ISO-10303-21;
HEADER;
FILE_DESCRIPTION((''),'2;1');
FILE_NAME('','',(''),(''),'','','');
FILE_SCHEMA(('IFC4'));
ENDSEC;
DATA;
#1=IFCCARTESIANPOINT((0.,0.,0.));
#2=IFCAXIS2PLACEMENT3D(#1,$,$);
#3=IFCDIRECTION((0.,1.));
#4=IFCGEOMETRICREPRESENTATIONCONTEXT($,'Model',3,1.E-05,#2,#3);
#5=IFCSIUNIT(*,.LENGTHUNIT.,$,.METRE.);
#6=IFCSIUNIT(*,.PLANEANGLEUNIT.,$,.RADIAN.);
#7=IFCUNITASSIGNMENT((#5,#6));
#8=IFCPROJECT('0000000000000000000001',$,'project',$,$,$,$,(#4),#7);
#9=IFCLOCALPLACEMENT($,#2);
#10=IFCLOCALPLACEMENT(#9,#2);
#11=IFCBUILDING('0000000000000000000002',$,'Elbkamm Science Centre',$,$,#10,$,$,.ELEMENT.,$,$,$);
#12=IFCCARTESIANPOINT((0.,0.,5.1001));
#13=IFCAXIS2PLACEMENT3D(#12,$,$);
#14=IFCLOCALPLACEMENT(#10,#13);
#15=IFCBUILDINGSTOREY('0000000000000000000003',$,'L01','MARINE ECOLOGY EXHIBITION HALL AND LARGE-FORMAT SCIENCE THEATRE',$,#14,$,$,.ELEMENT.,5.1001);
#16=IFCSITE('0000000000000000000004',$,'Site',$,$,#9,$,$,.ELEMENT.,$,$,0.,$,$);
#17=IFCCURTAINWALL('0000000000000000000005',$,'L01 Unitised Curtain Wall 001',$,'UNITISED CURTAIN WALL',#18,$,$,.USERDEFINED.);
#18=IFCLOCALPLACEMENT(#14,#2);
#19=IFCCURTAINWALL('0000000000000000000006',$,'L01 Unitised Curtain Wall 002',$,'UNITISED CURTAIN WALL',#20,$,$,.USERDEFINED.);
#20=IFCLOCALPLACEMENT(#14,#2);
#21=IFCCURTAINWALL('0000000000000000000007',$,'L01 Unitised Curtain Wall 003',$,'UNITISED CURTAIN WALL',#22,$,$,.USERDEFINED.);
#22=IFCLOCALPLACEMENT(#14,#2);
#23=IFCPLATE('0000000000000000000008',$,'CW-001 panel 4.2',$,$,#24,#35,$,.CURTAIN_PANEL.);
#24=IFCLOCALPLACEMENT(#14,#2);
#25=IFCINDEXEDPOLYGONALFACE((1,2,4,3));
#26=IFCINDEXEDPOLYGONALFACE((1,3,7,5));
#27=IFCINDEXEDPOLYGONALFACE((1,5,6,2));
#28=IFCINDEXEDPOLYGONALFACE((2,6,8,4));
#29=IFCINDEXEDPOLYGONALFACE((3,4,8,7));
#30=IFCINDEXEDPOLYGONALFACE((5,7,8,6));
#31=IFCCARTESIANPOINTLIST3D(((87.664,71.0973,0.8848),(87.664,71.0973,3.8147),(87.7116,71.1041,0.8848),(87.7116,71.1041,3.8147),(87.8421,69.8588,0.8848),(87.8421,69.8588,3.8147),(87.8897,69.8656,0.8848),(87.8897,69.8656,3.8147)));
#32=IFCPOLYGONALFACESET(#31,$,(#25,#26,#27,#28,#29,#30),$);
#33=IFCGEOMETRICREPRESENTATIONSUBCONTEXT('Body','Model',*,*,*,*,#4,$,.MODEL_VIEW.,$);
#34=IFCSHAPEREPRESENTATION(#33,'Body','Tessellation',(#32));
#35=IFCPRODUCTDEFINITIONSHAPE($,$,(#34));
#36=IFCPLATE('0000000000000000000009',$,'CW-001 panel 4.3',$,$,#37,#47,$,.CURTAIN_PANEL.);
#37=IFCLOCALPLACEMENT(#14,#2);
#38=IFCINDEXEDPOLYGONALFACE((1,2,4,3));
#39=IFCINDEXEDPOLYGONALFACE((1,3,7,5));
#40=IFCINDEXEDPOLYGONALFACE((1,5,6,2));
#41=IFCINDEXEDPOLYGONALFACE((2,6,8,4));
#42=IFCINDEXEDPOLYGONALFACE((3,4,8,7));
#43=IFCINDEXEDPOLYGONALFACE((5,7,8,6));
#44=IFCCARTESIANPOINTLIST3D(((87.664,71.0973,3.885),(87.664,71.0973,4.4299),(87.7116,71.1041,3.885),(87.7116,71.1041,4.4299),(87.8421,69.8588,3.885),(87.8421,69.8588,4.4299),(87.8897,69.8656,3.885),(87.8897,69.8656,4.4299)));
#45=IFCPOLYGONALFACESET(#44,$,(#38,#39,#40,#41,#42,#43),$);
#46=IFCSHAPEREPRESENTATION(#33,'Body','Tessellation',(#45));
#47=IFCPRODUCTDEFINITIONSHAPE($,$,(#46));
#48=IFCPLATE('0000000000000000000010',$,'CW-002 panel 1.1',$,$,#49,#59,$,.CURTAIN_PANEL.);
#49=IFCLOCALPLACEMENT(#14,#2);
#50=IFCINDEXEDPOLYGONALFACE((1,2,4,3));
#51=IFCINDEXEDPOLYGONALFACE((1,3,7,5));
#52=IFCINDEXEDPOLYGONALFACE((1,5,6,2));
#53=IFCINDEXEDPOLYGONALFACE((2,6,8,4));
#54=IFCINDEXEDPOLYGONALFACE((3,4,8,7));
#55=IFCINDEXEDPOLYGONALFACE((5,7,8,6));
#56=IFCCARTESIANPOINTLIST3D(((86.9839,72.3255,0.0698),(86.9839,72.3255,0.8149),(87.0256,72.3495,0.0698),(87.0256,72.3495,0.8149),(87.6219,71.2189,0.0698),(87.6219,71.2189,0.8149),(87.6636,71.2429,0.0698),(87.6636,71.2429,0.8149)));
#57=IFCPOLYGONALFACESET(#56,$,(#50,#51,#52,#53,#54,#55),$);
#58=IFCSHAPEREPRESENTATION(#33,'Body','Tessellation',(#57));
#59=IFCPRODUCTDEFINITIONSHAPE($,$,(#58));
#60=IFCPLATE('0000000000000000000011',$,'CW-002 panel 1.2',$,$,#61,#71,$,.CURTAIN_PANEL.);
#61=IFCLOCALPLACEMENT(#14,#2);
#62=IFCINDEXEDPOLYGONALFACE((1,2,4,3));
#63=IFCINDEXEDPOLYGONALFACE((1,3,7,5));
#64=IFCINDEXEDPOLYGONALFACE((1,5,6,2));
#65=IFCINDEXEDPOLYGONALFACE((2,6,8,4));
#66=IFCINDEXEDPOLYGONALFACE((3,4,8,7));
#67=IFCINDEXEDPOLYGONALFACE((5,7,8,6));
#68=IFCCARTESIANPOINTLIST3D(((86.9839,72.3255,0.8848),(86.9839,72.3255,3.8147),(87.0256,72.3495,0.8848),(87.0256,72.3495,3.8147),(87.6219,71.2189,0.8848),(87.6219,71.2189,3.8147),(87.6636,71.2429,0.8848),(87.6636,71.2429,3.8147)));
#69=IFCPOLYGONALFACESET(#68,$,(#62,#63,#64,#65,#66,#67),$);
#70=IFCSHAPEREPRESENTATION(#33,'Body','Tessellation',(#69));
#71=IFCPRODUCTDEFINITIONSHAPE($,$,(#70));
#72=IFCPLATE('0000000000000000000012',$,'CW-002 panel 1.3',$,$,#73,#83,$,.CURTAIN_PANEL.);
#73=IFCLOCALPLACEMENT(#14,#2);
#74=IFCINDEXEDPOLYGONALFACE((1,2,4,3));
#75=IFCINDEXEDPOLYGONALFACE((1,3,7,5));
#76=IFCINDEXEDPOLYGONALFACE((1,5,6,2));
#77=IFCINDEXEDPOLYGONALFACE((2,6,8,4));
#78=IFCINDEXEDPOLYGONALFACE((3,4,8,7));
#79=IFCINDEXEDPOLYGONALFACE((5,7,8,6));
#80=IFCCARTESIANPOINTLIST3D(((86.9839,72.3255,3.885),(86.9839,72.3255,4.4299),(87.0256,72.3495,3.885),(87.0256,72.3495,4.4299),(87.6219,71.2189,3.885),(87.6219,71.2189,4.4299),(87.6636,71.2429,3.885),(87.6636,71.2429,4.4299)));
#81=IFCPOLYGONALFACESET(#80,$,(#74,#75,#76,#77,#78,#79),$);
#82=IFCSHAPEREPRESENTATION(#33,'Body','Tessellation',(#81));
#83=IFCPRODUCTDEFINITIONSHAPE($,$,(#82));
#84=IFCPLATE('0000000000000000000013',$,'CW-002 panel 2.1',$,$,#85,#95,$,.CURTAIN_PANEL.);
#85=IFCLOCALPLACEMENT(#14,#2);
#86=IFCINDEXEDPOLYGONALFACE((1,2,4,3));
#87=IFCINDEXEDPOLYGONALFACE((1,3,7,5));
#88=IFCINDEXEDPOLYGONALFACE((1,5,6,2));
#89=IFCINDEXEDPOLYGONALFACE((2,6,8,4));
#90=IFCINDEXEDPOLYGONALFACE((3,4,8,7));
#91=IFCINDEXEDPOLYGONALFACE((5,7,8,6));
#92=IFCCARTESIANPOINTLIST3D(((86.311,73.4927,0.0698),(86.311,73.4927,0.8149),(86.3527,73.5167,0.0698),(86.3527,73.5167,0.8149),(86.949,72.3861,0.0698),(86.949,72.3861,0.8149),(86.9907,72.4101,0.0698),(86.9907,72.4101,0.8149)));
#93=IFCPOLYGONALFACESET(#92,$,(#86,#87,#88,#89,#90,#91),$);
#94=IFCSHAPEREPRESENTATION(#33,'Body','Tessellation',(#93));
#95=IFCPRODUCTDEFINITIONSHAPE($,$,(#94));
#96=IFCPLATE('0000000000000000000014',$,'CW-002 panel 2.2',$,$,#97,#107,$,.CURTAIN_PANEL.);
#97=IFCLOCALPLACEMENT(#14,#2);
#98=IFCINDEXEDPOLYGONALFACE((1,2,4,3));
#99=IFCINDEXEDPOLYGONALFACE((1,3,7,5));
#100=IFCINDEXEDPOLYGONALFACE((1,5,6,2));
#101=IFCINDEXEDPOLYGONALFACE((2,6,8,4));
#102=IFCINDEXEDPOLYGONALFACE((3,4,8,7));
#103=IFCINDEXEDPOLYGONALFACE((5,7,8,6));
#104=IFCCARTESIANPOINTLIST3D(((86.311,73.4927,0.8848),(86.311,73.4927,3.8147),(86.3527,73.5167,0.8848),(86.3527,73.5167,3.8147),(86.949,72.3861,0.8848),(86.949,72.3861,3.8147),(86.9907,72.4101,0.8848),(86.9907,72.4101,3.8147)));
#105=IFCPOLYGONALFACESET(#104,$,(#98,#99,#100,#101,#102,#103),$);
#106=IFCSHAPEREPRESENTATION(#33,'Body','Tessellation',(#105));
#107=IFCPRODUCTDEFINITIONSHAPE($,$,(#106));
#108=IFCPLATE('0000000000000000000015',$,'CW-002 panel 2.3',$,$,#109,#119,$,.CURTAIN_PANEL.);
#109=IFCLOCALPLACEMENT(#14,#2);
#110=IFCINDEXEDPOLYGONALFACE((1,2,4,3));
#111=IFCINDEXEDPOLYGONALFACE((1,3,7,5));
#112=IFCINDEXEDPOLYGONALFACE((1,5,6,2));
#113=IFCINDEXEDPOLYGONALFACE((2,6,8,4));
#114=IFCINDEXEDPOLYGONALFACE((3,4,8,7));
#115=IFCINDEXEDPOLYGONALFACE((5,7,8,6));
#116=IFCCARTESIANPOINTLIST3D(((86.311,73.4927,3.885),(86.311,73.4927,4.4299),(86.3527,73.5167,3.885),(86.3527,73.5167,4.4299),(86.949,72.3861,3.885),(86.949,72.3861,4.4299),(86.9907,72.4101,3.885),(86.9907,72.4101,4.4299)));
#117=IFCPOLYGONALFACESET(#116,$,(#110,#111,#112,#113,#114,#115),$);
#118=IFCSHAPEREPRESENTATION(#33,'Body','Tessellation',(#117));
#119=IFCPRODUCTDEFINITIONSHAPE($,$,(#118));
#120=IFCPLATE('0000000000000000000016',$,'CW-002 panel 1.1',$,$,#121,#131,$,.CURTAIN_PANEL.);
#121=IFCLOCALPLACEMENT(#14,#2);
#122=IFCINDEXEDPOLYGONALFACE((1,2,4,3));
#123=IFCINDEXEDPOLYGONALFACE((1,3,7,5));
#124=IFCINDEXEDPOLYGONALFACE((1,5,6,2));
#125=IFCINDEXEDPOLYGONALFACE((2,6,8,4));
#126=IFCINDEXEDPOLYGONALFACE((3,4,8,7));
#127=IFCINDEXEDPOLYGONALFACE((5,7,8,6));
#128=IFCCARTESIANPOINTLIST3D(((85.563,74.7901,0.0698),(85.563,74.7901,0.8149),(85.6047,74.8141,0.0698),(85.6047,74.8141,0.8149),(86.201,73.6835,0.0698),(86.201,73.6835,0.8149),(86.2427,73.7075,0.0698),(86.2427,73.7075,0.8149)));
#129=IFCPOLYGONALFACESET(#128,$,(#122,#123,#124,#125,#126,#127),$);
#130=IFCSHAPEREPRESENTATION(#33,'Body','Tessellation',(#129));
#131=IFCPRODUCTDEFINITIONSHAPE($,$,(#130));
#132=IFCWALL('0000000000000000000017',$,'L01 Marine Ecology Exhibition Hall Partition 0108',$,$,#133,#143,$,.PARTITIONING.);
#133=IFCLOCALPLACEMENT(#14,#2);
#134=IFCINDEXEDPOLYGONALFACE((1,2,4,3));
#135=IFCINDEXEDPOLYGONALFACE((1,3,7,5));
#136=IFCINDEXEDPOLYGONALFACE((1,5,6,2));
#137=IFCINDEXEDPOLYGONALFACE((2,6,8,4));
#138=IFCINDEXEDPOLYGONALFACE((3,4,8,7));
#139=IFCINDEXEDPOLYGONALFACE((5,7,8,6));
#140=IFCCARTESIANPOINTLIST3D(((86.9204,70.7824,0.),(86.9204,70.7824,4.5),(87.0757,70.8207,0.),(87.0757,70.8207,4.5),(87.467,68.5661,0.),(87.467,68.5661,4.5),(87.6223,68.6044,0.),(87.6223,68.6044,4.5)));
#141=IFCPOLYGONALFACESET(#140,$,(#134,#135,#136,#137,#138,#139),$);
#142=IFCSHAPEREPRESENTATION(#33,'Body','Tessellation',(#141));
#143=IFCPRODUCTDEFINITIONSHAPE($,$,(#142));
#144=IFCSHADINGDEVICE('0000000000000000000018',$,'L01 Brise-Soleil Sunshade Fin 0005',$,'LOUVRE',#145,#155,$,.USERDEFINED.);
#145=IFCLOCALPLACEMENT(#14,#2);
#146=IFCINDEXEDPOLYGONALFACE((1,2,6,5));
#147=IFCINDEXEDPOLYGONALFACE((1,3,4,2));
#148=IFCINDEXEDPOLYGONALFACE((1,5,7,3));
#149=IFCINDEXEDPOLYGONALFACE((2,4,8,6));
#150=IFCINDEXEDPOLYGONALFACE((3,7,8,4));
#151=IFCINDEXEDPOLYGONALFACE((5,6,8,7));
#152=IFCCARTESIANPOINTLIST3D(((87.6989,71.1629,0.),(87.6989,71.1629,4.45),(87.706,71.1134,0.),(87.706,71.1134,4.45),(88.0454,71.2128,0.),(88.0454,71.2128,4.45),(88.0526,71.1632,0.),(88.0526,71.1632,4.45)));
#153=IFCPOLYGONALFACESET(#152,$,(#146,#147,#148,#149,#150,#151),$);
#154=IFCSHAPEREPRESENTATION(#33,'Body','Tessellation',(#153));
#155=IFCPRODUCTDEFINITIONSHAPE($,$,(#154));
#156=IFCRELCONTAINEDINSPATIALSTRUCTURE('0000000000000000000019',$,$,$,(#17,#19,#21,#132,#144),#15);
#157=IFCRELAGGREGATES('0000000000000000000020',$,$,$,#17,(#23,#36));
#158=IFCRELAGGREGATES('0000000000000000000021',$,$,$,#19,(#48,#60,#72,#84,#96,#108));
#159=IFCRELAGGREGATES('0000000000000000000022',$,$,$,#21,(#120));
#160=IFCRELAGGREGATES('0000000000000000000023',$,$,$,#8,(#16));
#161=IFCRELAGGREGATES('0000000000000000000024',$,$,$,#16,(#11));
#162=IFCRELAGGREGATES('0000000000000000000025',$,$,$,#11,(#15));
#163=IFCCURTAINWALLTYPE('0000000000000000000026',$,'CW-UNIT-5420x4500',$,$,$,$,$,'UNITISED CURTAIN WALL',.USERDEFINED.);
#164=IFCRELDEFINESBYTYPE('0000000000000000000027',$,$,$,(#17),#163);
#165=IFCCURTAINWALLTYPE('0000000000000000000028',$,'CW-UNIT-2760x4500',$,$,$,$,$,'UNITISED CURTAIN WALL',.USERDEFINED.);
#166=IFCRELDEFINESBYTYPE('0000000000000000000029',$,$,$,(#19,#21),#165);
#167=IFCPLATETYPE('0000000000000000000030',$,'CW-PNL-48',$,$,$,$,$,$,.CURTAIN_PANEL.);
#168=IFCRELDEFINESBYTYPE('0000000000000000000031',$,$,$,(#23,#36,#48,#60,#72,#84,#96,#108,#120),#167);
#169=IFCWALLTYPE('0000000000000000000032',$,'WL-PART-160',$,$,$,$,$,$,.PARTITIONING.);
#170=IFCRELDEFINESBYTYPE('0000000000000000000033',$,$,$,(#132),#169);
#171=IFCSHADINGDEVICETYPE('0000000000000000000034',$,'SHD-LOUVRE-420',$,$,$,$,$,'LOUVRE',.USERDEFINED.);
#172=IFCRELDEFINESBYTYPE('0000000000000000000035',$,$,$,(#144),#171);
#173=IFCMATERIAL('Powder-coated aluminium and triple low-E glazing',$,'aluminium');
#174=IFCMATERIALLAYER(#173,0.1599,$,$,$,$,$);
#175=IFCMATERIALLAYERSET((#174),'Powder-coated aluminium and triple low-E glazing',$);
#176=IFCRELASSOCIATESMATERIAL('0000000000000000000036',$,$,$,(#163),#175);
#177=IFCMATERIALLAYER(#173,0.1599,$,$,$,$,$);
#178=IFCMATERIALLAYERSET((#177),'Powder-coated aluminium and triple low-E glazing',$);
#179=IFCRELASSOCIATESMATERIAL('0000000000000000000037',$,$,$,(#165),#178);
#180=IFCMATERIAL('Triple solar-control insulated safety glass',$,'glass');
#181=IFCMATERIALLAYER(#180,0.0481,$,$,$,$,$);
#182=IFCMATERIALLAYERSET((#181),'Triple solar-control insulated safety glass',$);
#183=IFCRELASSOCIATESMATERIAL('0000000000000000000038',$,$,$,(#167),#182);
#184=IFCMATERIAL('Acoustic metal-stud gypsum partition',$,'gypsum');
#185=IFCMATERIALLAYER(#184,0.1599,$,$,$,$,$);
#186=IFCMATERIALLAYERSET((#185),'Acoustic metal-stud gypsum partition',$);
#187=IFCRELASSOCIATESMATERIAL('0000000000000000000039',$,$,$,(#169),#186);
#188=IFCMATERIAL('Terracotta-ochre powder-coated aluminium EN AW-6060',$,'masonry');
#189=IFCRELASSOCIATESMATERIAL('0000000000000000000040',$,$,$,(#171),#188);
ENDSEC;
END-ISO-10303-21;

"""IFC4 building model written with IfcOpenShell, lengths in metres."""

from ifc_helpers import new_model, si_unit, direction, frame, frame_2d, origin, origin_2d, place, context, subcontext, project, spatial, rectangle, extrude, material, layer, layer_set, type_object, element, aggregate, save


model = new_model("IFC4")

# Units and contexts
model_context = context("Model", 3, precision=1e-05, world=origin(), true_north=direction((0.0, 1.0)))
body_context = subcontext(model_context, "Body", "Model", "MODEL_VIEW")
ifc_project = project(units=[si_unit("LENGTHUNIT", "METRE"), si_unit("PLANEANGLEUNIT", "RADIAN")], contexts=[model_context])

# Site, building, storey
site_placement = place(None, origin())
site = spatial("IfcSite", under=ifc_project, at=site_placement, Name="Site", CompositionType="ELEMENT", RefElevation=0.0)
building_placement = place(site_placement, origin())
building = spatial("IfcBuilding", under=site, at=building_placement, Name="Elbkamm Science Centre", CompositionType="ELEMENT")
storey_placement = place(building_placement, frame((0.0, 0.0, 5.1001)))
storey = spatial("IfcBuildingStorey", under=building, at=storey_placement, Name="L01", Description="MARINE ECOLOGY EXHIBITION HALL AND LARGE-FORMAT SCIENCE THEATRE", CompositionType="ELEMENT", Elevation=5.1001)

# Curtain wall
ifc_material_1 = material(Name="Powder-coated aluminium and triple low-E glazing", Category="aluminium")
ifc_layer_1 = layer(ifc_material_1, 0.1599)
ifc_layer_set_1 = layer_set([ifc_layer_1], Name="Powder-coated aluminium and triple low-E glazing")
curtain_wall_type_1 = type_object("IfcCurtainWallType", Name="CW-UNIT-5420x4500", ElementType="UNITISED CURTAIN WALL", PredefinedType="USERDEFINED", material=ifc_layer_set_1)
curtain_wall_1_placement = place(storey_placement, origin())
curtain_wall_1 = element("IfcCurtainWall", 1, at=curtain_wall_1_placement, inside=storey, type_object=curtain_wall_type_1, Name="L01 Unitised Curtain Wall 001", ObjectType="UNITISED CURTAIN WALL", PredefinedType="USERDEFINED")

# Curtain wall
ifc_layer_2 = layer(ifc_material_1, 0.1599)
ifc_layer_set_2 = layer_set([ifc_layer_2], Name="Powder-coated aluminium and triple low-E glazing")
curtain_wall_type_2 = type_object("IfcCurtainWallType", Name="CW-UNIT-2760x4500", ElementType="UNITISED CURTAIN WALL", PredefinedType="USERDEFINED", material=ifc_layer_set_2)
curtain_wall_2_placement = place(storey_placement, origin())
curtain_wall_2 = element("IfcCurtainWall", 2, at=curtain_wall_2_placement, inside=storey, type_object=curtain_wall_type_2, Name="L01 Unitised Curtain Wall 002", ObjectType="UNITISED CURTAIN WALL", PredefinedType="USERDEFINED")

# Curtain wall
curtain_wall_3_placement = place(storey_placement, origin())
curtain_wall_3 = element("IfcCurtainWall", 3, at=curtain_wall_3_placement, inside=storey, type_object=curtain_wall_type_2, Name="L01 Unitised Curtain Wall 003", ObjectType="UNITISED CURTAIN WALL", PredefinedType="USERDEFINED")

# Plates
ifc_material_2 = material(Name="Triple solar-control insulated safety glass", Category="glass")
ifc_layer_3 = layer(ifc_material_2, 0.0481)
ifc_layer_set_3 = layer_set([ifc_layer_3], Name="Triple solar-control insulated safety glass")
plate_type = type_object("IfcPlateType", Name="CW-PNL-48", PredefinedType="CURTAIN_PANEL", material=ifc_layer_set_3)
plate_1_placement = place(storey_placement, frame((87.7769, 70.4814, 0.8848), z_axis=(0.0, 0.0, 1.0), x_axis=(-0.142332, 0.989819, 0.0)))
plate_1 = element("IfcPlate", 4, at=plate_1_placement, type_object=plate_type, Name="CW-001 panel 4.2", PredefinedType="CURTAIN_PANEL", context=body_context, shape_type="SweptSolid", body=[
    extrude(rectangle(XDim=1.2512, YDim=0.0481, at=origin_2d()), origin(), (0.0, 0.0, 1.0), 2.9299),
])
plate_2_placement = place(storey_placement, frame((87.7769, 70.4814, 3.885), z_axis=(0.0, 0.0, 1.0), x_axis=(-0.142332, 0.989819, 0.0)))
plate_2 = element("IfcPlate", 5, at=plate_2_placement, type_object=plate_type, Name="CW-001 panel 4.3", PredefinedType="CURTAIN_PANEL", context=body_context, shape_type="SweptSolid", body=[
    extrude(rectangle(XDim=1.2512, YDim=0.0481, at=origin_2d()), origin(), (0.0, 0.0, 1.0), 0.5449),
])
aggregate(curtain_wall_1, [plate_1, plate_2])
plate_3_placement = place(storey_placement, frame((87.3237, 71.7842, 0.0698), z_axis=(0.0, 0.0, 1.0), x_axis=(-0.499477, 0.866327, 0.0)))
plate_3 = element("IfcPlate", 6, at=plate_3_placement, type_object=plate_type, Name="CW-002 panel 1.1", PredefinedType="CURTAIN_PANEL", context=body_context, shape_type="SweptSolid", body=[
    extrude(rectangle(XDim=1.2773, YDim=0.0481, at=origin_2d()), origin(), (0.0, 0.0, 1.0), 0.7451),
])
plate_4_placement = place(storey_placement, frame((87.3237, 71.7842, 0.8848), z_axis=(0.0, 0.0, 1.0), x_axis=(-0.499477, 0.866327, 0.0)))
plate_4 = element("IfcPlate", 7, at=plate_4_placement, type_object=plate_type, Name="CW-002 panel 1.2", PredefinedType="CURTAIN_PANEL", context=body_context, shape_type="SweptSolid", body=[
    extrude(rectangle(XDim=1.2773, YDim=0.0481, at=origin_2d()), origin(), (0.0, 0.0, 1.0), 2.9299),
])
plate_5_placement = place(storey_placement, frame((87.3237, 71.7842, 3.885), z_axis=(0.0, 0.0, 1.0), x_axis=(-0.499477, 0.866327, 0.0)))
plate_5 = element("IfcPlate", 8, at=plate_5_placement, type_object=plate_type, Name="CW-002 panel 1.3", PredefinedType="CURTAIN_PANEL", context=body_context, shape_type="SweptSolid", body=[
    extrude(rectangle(XDim=1.2773, YDim=0.0481, at=origin_2d()), origin(), (0.0, 0.0, 1.0), 0.5449),
])
plate_6_placement = place(storey_placement, frame((86.6509, 72.9514, 0.0698), z_axis=(0.0, 0.0, 1.0), x_axis=(-0.499477, 0.866327, 0.0)))
plate_6 = element("IfcPlate", 9, at=plate_6_placement, type_object=plate_type, Name="CW-002 panel 2.1", PredefinedType="CURTAIN_PANEL", context=body_context, shape_type="SweptSolid", body=[
    extrude(rectangle(XDim=1.2773, YDim=0.0481, at=origin_2d()), origin(), (0.0, 0.0, 1.0), 0.7451),
])
plate_7_placement = place(storey_placement, frame((86.6509, 72.9514, 0.8848), z_axis=(0.0, 0.0, 1.0), x_axis=(-0.499477, 0.866327, 0.0)))
plate_7 = element("IfcPlate", 10, at=plate_7_placement, type_object=plate_type, Name="CW-002 panel 2.2", PredefinedType="CURTAIN_PANEL", context=body_context, shape_type="SweptSolid", body=[
    extrude(rectangle(XDim=1.2773, YDim=0.0481, at=origin_2d()), origin(), (0.0, 0.0, 1.0), 2.9299),
])
plate_8_placement = place(storey_placement, frame((86.6509, 72.9514, 3.885), z_axis=(0.0, 0.0, 1.0), x_axis=(-0.499477, 0.866327, 0.0)))
plate_8 = element("IfcPlate", 11, at=plate_8_placement, type_object=plate_type, Name="CW-002 panel 2.3", PredefinedType="CURTAIN_PANEL", context=body_context, shape_type="SweptSolid", body=[
    extrude(rectangle(XDim=1.2773, YDim=0.0481, at=origin_2d()), origin(), (0.0, 0.0, 1.0), 0.5449),
])
aggregate(curtain_wall_2, [plate_3, plate_4, plate_5, plate_6, plate_7, plate_8])
plate_9_placement = place(storey_placement, frame((85.9028, 74.2488, 0.0698), z_axis=(0.0, 0.0, 1.0), x_axis=(-0.499477, 0.866327, 0.0)))
plate_9 = element("IfcPlate", 12, at=plate_9_placement, type_object=plate_type, Name="CW-002 panel 1.1", PredefinedType="CURTAIN_PANEL", context=body_context, shape_type="SweptSolid", body=[
    extrude(rectangle(XDim=1.2773, YDim=0.0481, at=origin_2d()), origin(), (0.0, 0.0, 1.0), 0.7451),
])
aggregate(curtain_wall_3, [plate_9])

# Wall
ifc_material_3 = material(Name="Acoustic metal-stud gypsum partition", Category="gypsum")
ifc_layer_4 = layer(ifc_material_3, 0.1599)
ifc_layer_set_4 = layer_set([ifc_layer_4], Name="Acoustic metal-stud gypsum partition")
wall_type = type_object("IfcWallType", Name="WL-PART-160", PredefinedType="PARTITIONING", material=ifc_layer_set_4)
wall_placement = place(storey_placement, frame((86.998, 70.8015, 0.0), z_axis=(0.0, 0.0, 1.0), x_axis=(0.239464, -0.970905, 0.0)))
element("IfcWall", 13, at=wall_placement, inside=storey, type_object=wall_type, Name="L01 Marine Ecology Exhibition Hall Partition 0108", PredefinedType="PARTITIONING", context=body_context, shape_type="SweptSolid", body=[
    extrude(rectangle(XDim=2.2827, YDim=0.1599, at=frame_2d((1.1414, 0.0))), origin(), (0.0, 0.0, 1.0), 4.5),
])

# Shading device
ifc_material_4 = material(Name="Terracotta-ochre powder-coated aluminium EN AW-6060", Category="masonry")
shading_device_type = type_object("IfcShadingDeviceType", Name="SHD-LOUVRE-420", ElementType="LOUVRE", PredefinedType="USERDEFINED", material=ifc_material_4)
shading_device_placement = place(storey_placement, frame((87.8757, 71.1631, 0.0), z_axis=(0.0, 0.0, 1.0), x_axis=(0.989819, 0.142332, 0.0)))
element("IfcShadingDevice", 14, at=shading_device_placement, inside=storey, type_object=shading_device_type, Name="L01 Brise-Soleil Sunshade Fin 0005", ObjectType="LOUVRE", PredefinedType="USERDEFINED", context=body_context, shape_type="SweptSolid", body=[
    extrude(rectangle(XDim=0.3501, YDim=0.05, at=origin_2d()), origin(), (0.0, 0.0, 1.0), 4.45),
])

save(model, "model.ifc")
